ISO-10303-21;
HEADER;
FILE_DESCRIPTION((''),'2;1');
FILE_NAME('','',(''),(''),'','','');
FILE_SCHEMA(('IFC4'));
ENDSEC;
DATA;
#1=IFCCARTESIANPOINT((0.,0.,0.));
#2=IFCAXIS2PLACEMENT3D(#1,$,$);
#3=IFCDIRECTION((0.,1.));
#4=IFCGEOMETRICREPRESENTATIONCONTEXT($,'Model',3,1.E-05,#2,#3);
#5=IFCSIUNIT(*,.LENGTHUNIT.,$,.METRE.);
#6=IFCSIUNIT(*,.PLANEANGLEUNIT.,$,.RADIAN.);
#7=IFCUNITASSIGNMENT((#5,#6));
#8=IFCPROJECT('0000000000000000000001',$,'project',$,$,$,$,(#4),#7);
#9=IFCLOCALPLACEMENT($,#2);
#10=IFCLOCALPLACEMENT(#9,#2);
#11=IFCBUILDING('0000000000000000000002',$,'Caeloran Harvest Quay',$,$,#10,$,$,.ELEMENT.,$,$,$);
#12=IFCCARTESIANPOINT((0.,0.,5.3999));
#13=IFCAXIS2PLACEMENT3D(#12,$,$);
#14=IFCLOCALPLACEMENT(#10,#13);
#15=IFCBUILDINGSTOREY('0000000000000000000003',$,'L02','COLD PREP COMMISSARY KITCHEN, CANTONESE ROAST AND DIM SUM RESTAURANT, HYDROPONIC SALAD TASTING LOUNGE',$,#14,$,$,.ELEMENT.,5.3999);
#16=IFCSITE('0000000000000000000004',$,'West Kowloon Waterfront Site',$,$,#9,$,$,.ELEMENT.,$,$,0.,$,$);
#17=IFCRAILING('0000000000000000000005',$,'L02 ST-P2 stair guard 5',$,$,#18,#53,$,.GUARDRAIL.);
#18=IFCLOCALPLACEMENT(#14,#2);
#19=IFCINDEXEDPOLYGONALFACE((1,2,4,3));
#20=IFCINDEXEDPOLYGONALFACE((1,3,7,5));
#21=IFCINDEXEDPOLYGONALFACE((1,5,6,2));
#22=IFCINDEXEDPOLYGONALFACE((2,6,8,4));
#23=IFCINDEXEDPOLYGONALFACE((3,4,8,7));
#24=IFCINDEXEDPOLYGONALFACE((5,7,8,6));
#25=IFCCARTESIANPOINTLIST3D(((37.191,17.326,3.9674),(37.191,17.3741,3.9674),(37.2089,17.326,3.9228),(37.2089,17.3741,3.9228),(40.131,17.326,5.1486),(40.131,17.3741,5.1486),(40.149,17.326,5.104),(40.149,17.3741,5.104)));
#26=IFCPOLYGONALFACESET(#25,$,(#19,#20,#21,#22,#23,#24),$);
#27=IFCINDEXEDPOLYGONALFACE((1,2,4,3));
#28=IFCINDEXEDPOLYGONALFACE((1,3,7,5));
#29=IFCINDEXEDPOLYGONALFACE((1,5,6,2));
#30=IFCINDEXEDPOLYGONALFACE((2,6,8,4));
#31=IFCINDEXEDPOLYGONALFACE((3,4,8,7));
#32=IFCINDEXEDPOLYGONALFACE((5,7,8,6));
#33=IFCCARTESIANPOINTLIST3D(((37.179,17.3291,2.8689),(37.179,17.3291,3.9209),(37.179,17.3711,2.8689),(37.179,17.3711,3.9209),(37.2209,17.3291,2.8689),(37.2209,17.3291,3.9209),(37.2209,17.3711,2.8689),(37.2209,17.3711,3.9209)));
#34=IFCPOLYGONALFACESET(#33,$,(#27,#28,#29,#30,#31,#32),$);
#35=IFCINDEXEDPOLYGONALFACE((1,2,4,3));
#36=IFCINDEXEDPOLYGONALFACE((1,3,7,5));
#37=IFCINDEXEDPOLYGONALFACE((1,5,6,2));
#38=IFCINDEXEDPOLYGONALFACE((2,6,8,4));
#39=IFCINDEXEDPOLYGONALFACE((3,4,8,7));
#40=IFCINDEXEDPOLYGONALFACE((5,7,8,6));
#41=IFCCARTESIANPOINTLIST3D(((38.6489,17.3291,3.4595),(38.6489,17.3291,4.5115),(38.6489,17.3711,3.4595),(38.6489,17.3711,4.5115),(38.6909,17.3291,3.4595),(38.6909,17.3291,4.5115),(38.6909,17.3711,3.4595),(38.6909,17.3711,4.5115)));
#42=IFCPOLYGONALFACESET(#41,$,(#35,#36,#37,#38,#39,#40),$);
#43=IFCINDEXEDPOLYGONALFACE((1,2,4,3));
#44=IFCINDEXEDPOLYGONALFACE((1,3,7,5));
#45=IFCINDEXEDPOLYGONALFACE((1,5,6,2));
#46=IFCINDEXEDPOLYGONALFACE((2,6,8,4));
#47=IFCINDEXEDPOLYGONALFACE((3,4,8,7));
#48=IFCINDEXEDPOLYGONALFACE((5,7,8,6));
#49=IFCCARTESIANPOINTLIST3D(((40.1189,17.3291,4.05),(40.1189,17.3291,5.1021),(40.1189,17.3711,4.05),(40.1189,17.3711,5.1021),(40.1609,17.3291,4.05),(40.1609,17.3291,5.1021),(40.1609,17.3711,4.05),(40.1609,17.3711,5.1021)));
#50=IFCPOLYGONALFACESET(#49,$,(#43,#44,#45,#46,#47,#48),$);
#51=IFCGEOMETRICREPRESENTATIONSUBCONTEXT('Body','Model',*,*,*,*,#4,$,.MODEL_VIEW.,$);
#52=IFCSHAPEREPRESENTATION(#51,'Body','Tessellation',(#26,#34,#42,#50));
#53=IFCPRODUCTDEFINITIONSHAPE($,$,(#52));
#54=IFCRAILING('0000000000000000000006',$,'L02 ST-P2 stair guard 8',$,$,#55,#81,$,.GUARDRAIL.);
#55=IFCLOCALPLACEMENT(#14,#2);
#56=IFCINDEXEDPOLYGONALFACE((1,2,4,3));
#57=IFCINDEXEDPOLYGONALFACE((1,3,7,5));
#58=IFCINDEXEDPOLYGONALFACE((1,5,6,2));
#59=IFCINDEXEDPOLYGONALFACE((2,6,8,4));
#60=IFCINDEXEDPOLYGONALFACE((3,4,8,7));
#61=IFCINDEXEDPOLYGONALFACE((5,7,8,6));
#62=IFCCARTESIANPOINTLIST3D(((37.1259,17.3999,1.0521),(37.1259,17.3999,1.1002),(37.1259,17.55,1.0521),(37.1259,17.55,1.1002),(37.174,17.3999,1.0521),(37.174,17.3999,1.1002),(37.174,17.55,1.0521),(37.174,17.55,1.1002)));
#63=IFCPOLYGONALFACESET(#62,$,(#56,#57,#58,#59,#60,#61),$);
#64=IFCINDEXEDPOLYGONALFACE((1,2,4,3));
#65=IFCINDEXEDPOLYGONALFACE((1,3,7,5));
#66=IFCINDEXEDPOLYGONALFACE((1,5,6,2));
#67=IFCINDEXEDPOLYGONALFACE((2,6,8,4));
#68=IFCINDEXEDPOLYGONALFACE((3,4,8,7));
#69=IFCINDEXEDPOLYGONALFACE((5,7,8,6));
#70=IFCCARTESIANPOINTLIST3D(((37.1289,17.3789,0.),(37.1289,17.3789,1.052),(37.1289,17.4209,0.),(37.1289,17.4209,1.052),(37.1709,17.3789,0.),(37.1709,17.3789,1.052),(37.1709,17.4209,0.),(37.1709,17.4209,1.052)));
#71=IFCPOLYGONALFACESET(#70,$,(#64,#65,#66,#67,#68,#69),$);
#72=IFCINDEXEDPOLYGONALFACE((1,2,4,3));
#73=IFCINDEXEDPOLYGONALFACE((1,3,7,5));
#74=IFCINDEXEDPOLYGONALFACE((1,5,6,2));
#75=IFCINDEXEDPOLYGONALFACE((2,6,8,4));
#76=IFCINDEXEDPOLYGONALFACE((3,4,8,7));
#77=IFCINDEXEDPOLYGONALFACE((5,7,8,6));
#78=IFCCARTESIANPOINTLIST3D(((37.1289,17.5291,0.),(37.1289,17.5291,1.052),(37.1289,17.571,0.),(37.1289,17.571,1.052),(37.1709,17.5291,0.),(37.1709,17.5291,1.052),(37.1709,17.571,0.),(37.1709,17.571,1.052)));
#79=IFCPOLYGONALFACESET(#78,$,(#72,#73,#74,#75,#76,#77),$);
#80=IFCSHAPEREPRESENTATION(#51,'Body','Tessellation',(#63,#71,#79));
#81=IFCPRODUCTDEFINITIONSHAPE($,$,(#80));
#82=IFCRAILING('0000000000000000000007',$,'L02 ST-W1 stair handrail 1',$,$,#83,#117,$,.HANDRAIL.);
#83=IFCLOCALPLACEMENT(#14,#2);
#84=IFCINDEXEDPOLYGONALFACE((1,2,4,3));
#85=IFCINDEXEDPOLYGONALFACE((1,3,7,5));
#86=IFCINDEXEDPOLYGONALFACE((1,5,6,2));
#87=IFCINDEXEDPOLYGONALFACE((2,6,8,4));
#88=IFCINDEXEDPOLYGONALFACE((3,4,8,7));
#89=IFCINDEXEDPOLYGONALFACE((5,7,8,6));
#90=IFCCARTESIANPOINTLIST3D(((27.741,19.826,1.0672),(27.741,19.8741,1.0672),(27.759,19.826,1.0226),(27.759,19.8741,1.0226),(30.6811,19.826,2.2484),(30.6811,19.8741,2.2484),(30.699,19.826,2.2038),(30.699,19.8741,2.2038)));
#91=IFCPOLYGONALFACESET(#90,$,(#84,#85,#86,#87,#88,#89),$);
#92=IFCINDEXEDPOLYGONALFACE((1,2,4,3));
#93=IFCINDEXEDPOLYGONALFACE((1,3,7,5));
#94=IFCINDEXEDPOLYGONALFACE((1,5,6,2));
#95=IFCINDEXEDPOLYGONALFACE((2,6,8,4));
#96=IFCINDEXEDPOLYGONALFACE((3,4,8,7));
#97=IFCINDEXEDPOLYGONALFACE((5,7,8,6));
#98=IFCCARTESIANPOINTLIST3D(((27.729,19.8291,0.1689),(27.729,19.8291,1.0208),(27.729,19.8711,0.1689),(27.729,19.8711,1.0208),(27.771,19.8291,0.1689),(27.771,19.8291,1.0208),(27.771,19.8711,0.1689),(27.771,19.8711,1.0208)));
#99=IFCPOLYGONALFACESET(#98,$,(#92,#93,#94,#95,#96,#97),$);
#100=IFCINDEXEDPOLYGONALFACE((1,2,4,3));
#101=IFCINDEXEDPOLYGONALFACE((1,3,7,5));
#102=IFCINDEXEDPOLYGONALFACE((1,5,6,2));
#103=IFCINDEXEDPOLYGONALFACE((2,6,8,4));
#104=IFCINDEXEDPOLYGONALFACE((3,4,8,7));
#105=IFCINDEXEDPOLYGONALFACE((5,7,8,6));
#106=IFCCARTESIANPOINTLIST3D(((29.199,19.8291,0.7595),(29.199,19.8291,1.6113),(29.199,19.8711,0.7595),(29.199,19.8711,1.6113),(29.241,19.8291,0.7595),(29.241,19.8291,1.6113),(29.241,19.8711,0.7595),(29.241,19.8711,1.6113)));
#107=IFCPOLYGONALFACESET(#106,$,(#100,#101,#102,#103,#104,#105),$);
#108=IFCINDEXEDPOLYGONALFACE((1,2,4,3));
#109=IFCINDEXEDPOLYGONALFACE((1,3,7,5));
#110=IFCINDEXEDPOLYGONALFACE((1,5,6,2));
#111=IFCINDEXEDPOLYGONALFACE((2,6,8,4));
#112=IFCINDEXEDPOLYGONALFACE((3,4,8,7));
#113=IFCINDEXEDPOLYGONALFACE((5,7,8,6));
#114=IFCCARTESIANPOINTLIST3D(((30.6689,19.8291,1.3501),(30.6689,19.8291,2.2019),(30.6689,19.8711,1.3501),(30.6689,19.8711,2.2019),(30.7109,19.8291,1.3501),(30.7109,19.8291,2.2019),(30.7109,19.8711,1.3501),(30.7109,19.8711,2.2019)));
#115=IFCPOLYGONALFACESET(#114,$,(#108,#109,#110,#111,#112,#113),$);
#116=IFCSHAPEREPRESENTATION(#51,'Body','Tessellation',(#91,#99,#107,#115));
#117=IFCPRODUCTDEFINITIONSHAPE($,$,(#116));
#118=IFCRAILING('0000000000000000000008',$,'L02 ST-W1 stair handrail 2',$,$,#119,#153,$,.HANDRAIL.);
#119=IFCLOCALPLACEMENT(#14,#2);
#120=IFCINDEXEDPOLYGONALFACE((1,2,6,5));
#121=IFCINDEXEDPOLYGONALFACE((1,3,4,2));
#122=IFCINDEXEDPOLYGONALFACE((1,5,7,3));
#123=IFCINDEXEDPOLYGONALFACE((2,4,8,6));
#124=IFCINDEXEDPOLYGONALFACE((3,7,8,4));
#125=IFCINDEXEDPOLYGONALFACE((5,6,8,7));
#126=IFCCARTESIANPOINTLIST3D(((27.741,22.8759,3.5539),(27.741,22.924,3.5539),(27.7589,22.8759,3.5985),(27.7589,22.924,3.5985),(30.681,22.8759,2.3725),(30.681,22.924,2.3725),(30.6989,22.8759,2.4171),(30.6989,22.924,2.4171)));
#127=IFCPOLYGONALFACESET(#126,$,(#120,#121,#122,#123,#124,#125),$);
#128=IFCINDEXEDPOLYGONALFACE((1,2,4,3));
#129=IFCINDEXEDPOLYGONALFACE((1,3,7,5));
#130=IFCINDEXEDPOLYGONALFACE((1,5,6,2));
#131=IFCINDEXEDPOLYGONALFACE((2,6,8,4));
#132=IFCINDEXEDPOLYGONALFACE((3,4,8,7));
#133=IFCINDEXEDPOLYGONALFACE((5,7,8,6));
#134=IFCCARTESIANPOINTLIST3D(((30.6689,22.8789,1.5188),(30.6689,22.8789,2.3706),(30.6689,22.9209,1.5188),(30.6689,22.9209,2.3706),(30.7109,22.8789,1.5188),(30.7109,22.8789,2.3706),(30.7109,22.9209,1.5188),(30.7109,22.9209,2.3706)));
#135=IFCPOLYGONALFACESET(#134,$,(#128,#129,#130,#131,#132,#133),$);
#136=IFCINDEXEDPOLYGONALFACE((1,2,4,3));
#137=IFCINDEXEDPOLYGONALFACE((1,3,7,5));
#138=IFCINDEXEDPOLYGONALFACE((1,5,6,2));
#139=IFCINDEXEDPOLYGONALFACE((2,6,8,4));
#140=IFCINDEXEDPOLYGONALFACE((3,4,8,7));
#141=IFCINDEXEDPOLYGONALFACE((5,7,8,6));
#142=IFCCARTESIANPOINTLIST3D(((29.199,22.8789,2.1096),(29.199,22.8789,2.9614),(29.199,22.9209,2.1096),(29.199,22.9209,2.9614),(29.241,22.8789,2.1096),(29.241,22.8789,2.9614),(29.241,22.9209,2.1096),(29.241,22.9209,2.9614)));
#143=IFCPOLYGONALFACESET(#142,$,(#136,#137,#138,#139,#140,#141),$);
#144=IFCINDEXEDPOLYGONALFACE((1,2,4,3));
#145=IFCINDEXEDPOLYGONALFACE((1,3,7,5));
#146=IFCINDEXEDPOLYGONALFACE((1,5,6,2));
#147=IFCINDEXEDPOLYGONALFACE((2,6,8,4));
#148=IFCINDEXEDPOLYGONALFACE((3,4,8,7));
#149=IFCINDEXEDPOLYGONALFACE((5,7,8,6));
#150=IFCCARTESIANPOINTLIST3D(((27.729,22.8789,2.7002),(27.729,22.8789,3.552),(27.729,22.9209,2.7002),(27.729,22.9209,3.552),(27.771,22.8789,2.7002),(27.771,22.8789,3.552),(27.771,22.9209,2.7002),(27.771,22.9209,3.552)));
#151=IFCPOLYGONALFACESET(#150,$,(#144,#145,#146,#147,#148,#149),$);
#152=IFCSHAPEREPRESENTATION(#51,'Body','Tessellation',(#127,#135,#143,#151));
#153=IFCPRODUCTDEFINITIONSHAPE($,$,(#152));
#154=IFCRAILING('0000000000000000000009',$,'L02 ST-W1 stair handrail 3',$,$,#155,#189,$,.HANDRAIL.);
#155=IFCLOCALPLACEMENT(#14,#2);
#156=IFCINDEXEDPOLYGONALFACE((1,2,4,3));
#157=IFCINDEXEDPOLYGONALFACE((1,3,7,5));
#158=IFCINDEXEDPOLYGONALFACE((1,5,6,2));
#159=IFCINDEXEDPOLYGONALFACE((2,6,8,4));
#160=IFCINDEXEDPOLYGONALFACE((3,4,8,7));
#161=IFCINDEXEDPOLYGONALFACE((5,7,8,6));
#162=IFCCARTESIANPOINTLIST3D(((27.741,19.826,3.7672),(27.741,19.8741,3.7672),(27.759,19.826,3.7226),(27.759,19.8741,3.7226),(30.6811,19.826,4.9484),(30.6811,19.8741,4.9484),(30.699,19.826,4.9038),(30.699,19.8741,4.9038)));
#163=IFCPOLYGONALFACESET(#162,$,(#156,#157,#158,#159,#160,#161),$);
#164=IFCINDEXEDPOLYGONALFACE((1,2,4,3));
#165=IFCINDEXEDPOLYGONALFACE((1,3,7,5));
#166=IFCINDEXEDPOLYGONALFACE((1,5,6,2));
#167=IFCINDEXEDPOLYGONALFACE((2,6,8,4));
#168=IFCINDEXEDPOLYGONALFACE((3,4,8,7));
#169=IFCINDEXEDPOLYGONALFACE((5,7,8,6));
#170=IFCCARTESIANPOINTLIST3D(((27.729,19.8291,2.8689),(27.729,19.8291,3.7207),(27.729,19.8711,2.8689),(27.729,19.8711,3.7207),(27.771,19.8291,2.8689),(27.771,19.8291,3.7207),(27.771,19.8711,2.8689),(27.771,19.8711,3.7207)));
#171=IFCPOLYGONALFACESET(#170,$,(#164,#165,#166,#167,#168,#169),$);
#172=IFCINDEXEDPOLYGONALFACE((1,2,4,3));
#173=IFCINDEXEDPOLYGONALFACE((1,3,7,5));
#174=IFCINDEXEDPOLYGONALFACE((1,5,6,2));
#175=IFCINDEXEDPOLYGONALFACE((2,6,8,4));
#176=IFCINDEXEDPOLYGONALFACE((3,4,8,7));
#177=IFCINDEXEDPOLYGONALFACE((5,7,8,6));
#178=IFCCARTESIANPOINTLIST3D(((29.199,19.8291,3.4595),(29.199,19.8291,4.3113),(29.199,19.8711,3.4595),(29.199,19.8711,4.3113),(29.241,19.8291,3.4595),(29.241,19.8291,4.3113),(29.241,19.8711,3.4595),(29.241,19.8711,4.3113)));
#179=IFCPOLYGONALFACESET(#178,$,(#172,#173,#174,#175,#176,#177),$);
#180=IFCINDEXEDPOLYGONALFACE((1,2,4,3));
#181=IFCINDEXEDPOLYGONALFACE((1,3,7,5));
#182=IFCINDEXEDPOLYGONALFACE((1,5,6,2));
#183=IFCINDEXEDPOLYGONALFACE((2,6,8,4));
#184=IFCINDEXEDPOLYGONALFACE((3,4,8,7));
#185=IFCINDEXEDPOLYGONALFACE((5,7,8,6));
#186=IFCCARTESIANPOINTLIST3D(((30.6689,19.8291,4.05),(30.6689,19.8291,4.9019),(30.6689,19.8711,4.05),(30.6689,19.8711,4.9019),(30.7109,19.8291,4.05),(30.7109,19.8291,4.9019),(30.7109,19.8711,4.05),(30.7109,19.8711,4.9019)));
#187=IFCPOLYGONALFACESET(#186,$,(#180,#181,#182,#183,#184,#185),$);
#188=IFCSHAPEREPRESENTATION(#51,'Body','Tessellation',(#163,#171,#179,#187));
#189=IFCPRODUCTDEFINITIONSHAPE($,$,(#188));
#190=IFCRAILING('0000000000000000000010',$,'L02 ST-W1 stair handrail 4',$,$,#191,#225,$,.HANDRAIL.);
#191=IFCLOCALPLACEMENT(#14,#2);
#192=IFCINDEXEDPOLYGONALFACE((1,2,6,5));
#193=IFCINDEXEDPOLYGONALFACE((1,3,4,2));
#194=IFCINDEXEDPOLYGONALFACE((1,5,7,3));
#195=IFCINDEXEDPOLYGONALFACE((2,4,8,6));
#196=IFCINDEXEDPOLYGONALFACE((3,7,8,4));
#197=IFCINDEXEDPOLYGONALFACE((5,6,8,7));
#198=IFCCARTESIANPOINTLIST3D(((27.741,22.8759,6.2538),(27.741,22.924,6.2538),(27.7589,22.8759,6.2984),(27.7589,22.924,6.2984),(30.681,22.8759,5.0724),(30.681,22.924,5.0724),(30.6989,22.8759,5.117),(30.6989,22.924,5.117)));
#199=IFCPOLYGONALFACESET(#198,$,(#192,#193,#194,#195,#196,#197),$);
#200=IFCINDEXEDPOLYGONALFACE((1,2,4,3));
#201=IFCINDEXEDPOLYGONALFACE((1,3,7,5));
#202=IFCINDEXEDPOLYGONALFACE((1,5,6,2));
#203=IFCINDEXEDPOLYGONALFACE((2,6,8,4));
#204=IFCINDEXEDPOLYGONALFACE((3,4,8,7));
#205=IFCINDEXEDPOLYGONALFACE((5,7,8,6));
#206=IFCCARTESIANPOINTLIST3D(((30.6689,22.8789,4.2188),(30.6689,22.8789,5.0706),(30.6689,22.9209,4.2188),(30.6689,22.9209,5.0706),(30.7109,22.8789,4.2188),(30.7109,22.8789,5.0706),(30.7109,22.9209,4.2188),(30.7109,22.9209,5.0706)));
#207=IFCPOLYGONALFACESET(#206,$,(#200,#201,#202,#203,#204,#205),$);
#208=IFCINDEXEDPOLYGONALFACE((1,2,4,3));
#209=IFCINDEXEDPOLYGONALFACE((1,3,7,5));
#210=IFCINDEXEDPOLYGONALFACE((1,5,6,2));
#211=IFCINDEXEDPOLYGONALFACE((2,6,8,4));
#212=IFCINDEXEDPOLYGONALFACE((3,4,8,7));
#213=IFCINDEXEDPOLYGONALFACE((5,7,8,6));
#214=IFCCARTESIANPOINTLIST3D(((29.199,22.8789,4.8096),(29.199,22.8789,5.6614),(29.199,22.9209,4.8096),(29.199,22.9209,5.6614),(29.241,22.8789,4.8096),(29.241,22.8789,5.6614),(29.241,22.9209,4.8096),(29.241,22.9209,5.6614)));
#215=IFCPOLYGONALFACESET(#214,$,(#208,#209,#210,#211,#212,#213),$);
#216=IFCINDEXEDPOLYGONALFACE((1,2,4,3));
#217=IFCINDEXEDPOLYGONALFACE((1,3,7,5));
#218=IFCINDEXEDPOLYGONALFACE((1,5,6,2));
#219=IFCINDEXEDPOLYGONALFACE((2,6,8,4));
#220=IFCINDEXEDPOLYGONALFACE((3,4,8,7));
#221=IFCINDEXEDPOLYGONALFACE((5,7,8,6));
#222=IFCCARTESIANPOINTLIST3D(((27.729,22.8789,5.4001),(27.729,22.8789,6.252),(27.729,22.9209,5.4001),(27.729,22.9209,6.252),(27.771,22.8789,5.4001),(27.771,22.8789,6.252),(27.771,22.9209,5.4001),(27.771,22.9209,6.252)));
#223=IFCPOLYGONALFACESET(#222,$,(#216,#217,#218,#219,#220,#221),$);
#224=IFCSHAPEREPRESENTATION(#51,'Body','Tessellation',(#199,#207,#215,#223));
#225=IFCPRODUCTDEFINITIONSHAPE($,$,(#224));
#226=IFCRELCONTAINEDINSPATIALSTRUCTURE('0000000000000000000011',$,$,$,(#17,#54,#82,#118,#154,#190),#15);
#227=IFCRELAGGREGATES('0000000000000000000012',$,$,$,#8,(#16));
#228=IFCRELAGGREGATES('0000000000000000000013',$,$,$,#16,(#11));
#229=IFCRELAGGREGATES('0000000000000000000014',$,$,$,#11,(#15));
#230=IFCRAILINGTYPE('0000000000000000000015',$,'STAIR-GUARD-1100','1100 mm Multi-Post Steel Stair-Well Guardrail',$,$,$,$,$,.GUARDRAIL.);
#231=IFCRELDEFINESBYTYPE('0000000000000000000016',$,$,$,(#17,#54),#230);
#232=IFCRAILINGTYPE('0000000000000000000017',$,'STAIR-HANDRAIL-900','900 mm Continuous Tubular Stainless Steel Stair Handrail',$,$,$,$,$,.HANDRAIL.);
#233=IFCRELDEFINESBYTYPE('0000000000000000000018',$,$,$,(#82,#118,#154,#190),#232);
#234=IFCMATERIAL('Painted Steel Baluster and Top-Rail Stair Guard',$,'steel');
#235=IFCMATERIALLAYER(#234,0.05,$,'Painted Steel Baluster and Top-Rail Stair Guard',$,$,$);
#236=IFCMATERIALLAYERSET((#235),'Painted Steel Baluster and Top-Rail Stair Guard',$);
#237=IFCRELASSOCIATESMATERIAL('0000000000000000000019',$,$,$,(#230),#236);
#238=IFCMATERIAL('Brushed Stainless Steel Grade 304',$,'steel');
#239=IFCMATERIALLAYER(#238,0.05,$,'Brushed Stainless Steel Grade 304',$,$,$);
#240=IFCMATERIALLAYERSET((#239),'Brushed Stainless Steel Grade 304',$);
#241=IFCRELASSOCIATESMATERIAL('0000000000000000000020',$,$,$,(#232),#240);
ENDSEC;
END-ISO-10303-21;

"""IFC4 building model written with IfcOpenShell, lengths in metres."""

from ifc_helpers import new_model, si_unit, direction, frame, origin, origin_2d, place, context, subcontext, project, spatial, rectangle, extrude, material, layer, layer_set, type_object, element, save


model = new_model("IFC4")

# Units and contexts
model_context = context("Model", 3, precision=1e-05, world=origin(), true_north=direction((0.0, 1.0)))
body_context = subcontext(model_context, "Body", "Model", "MODEL_VIEW")
ifc_project = project(units=[si_unit("LENGTHUNIT", "METRE"), si_unit("PLANEANGLEUNIT", "RADIAN")], contexts=[model_context])

# Site, building, storey
site_placement = place(None, origin())
site = spatial("IfcSite", under=ifc_project, at=site_placement, Name="West Kowloon Waterfront Site", CompositionType="ELEMENT", RefElevation=0.0)
building_placement = place(site_placement, origin())
building = spatial("IfcBuilding", under=site, at=building_placement, Name="Caeloran Harvest Quay", CompositionType="ELEMENT")
storey_placement = place(building_placement, frame((0.0, 0.0, 5.3999)))
storey = spatial("IfcBuildingStorey", under=building, at=storey_placement, Name="L02", Description="COLD PREP COMMISSARY KITCHEN, CANTONESE ROAST AND DIM SUM RESTAURANT, HYDROPONIC SALAD TASTING LOUNGE", CompositionType="ELEMENT", Elevation=5.3999)

# Railings
ifc_material_1 = material(Name="Painted Steel Baluster and Top-Rail Stair Guard", Category="steel")
ifc_layer_1 = layer(ifc_material_1, 0.05, Name="Painted Steel Baluster and Top-Rail Stair Guard")
ifc_layer_set_1 = layer_set([ifc_layer_1], Name="Painted Steel Baluster and Top-Rail Stair Guard")
railing_type_1 = type_object("IfcRailingType", Name="STAIR-GUARD-1100", Description="1100 mm Multi-Post Steel Stair-Well Guardrail", PredefinedType="GUARDRAIL", material=ifc_layer_set_1)
railing_1_placement = place(storey_placement, frame((37.2, 17.3501, 2.8689)))
element("IfcRailing", 1, at=railing_1_placement, inside=storey, type_object=railing_type_1, Name="L02 ST-P2 stair guard 5", PredefinedType="GUARDRAIL", context=body_context, shape_type="SweptSolid", body=[
    extrude(rectangle(XDim=0.0481, YDim=0.0481, at=origin_2d()), frame((0.0, 0.0, 1.0762), z_axis=(0.927912, 0.0, 0.372799), x_axis=(0.0, 1.0, 0.0)), (0.0, 0.0, 1.0), 3.1685),
    extrude(rectangle(XDim=0.042, YDim=0.042, at=origin_2d()), origin(), (0.0, 0.0, 1.0), 1.052),
    extrude(rectangle(XDim=0.042, YDim=0.042, at=origin_2d()), frame((1.47, 0.0, 0.5906)), (0.0, 0.0, 1.0), 1.052),
    extrude(rectangle(XDim=0.042, YDim=0.042, at=origin_2d()), frame((2.9399, 0.0, 1.1812)), (0.0, 0.0, 1.0), 1.052),
])
railing_2_placement = place(storey_placement, frame((37.1499, 17.3999, 0.0)))
element("IfcRailing", 2, at=railing_2_placement, inside=storey, type_object=railing_type_1, Name="L02 ST-P2 stair guard 8", PredefinedType="GUARDRAIL", context=body_context, shape_type="SweptSolid", body=[
    extrude(rectangle(XDim=0.0481, YDim=0.0481, at=origin_2d()), frame((0.0, 0.0, 1.0762), z_axis=(0.0, 1.0, 0.0), x_axis=(-1.0, 0.0, 0.0)), (0.0, 0.0, 1.0), 0.1501),
    extrude(rectangle(XDim=0.042, YDim=0.042, at=origin_2d()), origin(), (0.0, 0.0, 1.0), 1.052),
    extrude(rectangle(XDim=0.042, YDim=0.042, at=origin_2d()), frame((0.0, 0.1501, 0.0)), (0.0, 0.0, 1.0), 1.052),
])
ifc_material_2 = material(Name="Brushed Stainless Steel Grade 304", Category="steel")
ifc_layer_2 = layer(ifc_material_2, 0.05, Name="Brushed Stainless Steel Grade 304")
ifc_layer_set_2 = layer_set([ifc_layer_2], Name="Brushed Stainless Steel Grade 304")
railing_type_2 = type_object("IfcRailingType", Name="STAIR-HANDRAIL-900", Description="900 mm Continuous Tubular Stainless Steel Stair Handrail", PredefinedType="HANDRAIL", material=ifc_layer_set_2)
railing_3_placement = place(storey_placement, frame((27.75, 19.8501, 0.1689)))
element("IfcRailing", 3, at=railing_3_placement, inside=storey, type_object=railing_type_2, Name="L02 ST-W1 stair handrail 1", PredefinedType="HANDRAIL", context=body_context, shape_type="SweptSolid", body=[
    extrude(rectangle(XDim=0.0481, YDim=0.0481, at=origin_2d()), frame((0.0, 0.0, 0.876), z_axis=(0.927912, 0.0, 0.372799), x_axis=(0.0, 1.0, 0.0)), (0.0, 0.0, 1.0), 3.1685),
    extrude(rectangle(XDim=0.042, YDim=0.042, at=origin_2d()), origin(), (0.0, 0.0, 1.0), 0.8518),
    extrude(rectangle(XDim=0.042, YDim=0.042, at=origin_2d()), frame((1.47, 0.0, 0.5906)), (0.0, 0.0, 1.0), 0.8518),
    extrude(rectangle(XDim=0.042, YDim=0.042, at=origin_2d()), frame((2.9399, 0.0, 1.1812)), (0.0, 0.0, 1.0), 0.8518),
])
railing_4_placement = place(storey_placement, frame((30.6899, 22.8999, 1.5188)))
element("IfcRailing", 4, at=railing_4_placement, inside=storey, type_object=railing_type_2, Name="L02 ST-W1 stair handrail 2", PredefinedType="HANDRAIL", context=body_context, shape_type="SweptSolid", body=[
    extrude(rectangle(XDim=0.0481, YDim=0.0481, at=origin_2d()), frame((0.0, 0.0, 0.876), z_axis=(-0.927886, 0.0, 0.372865), x_axis=(0.0, -1.0, 0.0)), (0.0, 0.0, 1.0), 3.1685),
    extrude(rectangle(XDim=0.042, YDim=0.042, at=origin_2d()), origin(), (0.0, 0.0, 1.0), 0.8518),
    extrude(rectangle(XDim=0.042, YDim=0.042, at=origin_2d()), frame((-1.47, 0.0, 0.5908)), (0.0, 0.0, 1.0), 0.8518),
    extrude(rectangle(XDim=0.042, YDim=0.042, at=origin_2d()), frame((-2.9399, 0.0, 1.1814)), (0.0, 0.0, 1.0), 0.8518),
])
railing_5_placement = place(storey_placement, frame((27.75, 19.8501, 2.8689)))
element("IfcRailing", 5, at=railing_5_placement, inside=storey, type_object=railing_type_2, Name="L02 ST-W1 stair handrail 3", PredefinedType="HANDRAIL", context=body_context, shape_type="SweptSolid", body=[
    extrude(rectangle(XDim=0.0481, YDim=0.0481, at=origin_2d()), frame((0.0, 0.0, 0.876), z_axis=(0.927912, 0.0, 0.372799), x_axis=(0.0, 1.0, 0.0)), (0.0, 0.0, 1.0), 3.1685),
    extrude(rectangle(XDim=0.042, YDim=0.042, at=origin_2d()), origin(), (0.0, 0.0, 1.0), 0.8518),
    extrude(rectangle(XDim=0.042, YDim=0.042, at=origin_2d()), frame((1.47, 0.0, 0.5906)), (0.0, 0.0, 1.0), 0.8518),
    extrude(rectangle(XDim=0.042, YDim=0.042, at=origin_2d()), frame((2.9399, 0.0, 1.1812)), (0.0, 0.0, 1.0), 0.8518),
])
railing_6_placement = place(storey_placement, frame((30.6899, 22.8999, 4.2188)))
element("IfcRailing", 6, at=railing_6_placement, inside=storey, type_object=railing_type_2, Name="L02 ST-W1 stair handrail 4", PredefinedType="HANDRAIL", context=body_context, shape_type="SweptSolid", body=[
    extrude(rectangle(XDim=0.0481, YDim=0.0481, at=origin_2d()), frame((0.0, 0.0, 0.876), z_axis=(-0.927886, 0.0, 0.372865), x_axis=(0.0, -1.0, 0.0)), (0.0, 0.0, 1.0), 3.1685),
    extrude(rectangle(XDim=0.042, YDim=0.042, at=origin_2d()), origin(), (0.0, 0.0, 1.0), 0.8518),
    extrude(rectangle(XDim=0.042, YDim=0.042, at=origin_2d()), frame((-1.47, 0.0, 0.5908)), (0.0, 0.0, 1.0), 0.8518),
    extrude(rectangle(XDim=0.042, YDim=0.042, at=origin_2d()), frame((-2.9399, 0.0, 1.1814)), (0.0, 0.0, 1.0), 0.8518),
])

save(model, "model.ifc")
